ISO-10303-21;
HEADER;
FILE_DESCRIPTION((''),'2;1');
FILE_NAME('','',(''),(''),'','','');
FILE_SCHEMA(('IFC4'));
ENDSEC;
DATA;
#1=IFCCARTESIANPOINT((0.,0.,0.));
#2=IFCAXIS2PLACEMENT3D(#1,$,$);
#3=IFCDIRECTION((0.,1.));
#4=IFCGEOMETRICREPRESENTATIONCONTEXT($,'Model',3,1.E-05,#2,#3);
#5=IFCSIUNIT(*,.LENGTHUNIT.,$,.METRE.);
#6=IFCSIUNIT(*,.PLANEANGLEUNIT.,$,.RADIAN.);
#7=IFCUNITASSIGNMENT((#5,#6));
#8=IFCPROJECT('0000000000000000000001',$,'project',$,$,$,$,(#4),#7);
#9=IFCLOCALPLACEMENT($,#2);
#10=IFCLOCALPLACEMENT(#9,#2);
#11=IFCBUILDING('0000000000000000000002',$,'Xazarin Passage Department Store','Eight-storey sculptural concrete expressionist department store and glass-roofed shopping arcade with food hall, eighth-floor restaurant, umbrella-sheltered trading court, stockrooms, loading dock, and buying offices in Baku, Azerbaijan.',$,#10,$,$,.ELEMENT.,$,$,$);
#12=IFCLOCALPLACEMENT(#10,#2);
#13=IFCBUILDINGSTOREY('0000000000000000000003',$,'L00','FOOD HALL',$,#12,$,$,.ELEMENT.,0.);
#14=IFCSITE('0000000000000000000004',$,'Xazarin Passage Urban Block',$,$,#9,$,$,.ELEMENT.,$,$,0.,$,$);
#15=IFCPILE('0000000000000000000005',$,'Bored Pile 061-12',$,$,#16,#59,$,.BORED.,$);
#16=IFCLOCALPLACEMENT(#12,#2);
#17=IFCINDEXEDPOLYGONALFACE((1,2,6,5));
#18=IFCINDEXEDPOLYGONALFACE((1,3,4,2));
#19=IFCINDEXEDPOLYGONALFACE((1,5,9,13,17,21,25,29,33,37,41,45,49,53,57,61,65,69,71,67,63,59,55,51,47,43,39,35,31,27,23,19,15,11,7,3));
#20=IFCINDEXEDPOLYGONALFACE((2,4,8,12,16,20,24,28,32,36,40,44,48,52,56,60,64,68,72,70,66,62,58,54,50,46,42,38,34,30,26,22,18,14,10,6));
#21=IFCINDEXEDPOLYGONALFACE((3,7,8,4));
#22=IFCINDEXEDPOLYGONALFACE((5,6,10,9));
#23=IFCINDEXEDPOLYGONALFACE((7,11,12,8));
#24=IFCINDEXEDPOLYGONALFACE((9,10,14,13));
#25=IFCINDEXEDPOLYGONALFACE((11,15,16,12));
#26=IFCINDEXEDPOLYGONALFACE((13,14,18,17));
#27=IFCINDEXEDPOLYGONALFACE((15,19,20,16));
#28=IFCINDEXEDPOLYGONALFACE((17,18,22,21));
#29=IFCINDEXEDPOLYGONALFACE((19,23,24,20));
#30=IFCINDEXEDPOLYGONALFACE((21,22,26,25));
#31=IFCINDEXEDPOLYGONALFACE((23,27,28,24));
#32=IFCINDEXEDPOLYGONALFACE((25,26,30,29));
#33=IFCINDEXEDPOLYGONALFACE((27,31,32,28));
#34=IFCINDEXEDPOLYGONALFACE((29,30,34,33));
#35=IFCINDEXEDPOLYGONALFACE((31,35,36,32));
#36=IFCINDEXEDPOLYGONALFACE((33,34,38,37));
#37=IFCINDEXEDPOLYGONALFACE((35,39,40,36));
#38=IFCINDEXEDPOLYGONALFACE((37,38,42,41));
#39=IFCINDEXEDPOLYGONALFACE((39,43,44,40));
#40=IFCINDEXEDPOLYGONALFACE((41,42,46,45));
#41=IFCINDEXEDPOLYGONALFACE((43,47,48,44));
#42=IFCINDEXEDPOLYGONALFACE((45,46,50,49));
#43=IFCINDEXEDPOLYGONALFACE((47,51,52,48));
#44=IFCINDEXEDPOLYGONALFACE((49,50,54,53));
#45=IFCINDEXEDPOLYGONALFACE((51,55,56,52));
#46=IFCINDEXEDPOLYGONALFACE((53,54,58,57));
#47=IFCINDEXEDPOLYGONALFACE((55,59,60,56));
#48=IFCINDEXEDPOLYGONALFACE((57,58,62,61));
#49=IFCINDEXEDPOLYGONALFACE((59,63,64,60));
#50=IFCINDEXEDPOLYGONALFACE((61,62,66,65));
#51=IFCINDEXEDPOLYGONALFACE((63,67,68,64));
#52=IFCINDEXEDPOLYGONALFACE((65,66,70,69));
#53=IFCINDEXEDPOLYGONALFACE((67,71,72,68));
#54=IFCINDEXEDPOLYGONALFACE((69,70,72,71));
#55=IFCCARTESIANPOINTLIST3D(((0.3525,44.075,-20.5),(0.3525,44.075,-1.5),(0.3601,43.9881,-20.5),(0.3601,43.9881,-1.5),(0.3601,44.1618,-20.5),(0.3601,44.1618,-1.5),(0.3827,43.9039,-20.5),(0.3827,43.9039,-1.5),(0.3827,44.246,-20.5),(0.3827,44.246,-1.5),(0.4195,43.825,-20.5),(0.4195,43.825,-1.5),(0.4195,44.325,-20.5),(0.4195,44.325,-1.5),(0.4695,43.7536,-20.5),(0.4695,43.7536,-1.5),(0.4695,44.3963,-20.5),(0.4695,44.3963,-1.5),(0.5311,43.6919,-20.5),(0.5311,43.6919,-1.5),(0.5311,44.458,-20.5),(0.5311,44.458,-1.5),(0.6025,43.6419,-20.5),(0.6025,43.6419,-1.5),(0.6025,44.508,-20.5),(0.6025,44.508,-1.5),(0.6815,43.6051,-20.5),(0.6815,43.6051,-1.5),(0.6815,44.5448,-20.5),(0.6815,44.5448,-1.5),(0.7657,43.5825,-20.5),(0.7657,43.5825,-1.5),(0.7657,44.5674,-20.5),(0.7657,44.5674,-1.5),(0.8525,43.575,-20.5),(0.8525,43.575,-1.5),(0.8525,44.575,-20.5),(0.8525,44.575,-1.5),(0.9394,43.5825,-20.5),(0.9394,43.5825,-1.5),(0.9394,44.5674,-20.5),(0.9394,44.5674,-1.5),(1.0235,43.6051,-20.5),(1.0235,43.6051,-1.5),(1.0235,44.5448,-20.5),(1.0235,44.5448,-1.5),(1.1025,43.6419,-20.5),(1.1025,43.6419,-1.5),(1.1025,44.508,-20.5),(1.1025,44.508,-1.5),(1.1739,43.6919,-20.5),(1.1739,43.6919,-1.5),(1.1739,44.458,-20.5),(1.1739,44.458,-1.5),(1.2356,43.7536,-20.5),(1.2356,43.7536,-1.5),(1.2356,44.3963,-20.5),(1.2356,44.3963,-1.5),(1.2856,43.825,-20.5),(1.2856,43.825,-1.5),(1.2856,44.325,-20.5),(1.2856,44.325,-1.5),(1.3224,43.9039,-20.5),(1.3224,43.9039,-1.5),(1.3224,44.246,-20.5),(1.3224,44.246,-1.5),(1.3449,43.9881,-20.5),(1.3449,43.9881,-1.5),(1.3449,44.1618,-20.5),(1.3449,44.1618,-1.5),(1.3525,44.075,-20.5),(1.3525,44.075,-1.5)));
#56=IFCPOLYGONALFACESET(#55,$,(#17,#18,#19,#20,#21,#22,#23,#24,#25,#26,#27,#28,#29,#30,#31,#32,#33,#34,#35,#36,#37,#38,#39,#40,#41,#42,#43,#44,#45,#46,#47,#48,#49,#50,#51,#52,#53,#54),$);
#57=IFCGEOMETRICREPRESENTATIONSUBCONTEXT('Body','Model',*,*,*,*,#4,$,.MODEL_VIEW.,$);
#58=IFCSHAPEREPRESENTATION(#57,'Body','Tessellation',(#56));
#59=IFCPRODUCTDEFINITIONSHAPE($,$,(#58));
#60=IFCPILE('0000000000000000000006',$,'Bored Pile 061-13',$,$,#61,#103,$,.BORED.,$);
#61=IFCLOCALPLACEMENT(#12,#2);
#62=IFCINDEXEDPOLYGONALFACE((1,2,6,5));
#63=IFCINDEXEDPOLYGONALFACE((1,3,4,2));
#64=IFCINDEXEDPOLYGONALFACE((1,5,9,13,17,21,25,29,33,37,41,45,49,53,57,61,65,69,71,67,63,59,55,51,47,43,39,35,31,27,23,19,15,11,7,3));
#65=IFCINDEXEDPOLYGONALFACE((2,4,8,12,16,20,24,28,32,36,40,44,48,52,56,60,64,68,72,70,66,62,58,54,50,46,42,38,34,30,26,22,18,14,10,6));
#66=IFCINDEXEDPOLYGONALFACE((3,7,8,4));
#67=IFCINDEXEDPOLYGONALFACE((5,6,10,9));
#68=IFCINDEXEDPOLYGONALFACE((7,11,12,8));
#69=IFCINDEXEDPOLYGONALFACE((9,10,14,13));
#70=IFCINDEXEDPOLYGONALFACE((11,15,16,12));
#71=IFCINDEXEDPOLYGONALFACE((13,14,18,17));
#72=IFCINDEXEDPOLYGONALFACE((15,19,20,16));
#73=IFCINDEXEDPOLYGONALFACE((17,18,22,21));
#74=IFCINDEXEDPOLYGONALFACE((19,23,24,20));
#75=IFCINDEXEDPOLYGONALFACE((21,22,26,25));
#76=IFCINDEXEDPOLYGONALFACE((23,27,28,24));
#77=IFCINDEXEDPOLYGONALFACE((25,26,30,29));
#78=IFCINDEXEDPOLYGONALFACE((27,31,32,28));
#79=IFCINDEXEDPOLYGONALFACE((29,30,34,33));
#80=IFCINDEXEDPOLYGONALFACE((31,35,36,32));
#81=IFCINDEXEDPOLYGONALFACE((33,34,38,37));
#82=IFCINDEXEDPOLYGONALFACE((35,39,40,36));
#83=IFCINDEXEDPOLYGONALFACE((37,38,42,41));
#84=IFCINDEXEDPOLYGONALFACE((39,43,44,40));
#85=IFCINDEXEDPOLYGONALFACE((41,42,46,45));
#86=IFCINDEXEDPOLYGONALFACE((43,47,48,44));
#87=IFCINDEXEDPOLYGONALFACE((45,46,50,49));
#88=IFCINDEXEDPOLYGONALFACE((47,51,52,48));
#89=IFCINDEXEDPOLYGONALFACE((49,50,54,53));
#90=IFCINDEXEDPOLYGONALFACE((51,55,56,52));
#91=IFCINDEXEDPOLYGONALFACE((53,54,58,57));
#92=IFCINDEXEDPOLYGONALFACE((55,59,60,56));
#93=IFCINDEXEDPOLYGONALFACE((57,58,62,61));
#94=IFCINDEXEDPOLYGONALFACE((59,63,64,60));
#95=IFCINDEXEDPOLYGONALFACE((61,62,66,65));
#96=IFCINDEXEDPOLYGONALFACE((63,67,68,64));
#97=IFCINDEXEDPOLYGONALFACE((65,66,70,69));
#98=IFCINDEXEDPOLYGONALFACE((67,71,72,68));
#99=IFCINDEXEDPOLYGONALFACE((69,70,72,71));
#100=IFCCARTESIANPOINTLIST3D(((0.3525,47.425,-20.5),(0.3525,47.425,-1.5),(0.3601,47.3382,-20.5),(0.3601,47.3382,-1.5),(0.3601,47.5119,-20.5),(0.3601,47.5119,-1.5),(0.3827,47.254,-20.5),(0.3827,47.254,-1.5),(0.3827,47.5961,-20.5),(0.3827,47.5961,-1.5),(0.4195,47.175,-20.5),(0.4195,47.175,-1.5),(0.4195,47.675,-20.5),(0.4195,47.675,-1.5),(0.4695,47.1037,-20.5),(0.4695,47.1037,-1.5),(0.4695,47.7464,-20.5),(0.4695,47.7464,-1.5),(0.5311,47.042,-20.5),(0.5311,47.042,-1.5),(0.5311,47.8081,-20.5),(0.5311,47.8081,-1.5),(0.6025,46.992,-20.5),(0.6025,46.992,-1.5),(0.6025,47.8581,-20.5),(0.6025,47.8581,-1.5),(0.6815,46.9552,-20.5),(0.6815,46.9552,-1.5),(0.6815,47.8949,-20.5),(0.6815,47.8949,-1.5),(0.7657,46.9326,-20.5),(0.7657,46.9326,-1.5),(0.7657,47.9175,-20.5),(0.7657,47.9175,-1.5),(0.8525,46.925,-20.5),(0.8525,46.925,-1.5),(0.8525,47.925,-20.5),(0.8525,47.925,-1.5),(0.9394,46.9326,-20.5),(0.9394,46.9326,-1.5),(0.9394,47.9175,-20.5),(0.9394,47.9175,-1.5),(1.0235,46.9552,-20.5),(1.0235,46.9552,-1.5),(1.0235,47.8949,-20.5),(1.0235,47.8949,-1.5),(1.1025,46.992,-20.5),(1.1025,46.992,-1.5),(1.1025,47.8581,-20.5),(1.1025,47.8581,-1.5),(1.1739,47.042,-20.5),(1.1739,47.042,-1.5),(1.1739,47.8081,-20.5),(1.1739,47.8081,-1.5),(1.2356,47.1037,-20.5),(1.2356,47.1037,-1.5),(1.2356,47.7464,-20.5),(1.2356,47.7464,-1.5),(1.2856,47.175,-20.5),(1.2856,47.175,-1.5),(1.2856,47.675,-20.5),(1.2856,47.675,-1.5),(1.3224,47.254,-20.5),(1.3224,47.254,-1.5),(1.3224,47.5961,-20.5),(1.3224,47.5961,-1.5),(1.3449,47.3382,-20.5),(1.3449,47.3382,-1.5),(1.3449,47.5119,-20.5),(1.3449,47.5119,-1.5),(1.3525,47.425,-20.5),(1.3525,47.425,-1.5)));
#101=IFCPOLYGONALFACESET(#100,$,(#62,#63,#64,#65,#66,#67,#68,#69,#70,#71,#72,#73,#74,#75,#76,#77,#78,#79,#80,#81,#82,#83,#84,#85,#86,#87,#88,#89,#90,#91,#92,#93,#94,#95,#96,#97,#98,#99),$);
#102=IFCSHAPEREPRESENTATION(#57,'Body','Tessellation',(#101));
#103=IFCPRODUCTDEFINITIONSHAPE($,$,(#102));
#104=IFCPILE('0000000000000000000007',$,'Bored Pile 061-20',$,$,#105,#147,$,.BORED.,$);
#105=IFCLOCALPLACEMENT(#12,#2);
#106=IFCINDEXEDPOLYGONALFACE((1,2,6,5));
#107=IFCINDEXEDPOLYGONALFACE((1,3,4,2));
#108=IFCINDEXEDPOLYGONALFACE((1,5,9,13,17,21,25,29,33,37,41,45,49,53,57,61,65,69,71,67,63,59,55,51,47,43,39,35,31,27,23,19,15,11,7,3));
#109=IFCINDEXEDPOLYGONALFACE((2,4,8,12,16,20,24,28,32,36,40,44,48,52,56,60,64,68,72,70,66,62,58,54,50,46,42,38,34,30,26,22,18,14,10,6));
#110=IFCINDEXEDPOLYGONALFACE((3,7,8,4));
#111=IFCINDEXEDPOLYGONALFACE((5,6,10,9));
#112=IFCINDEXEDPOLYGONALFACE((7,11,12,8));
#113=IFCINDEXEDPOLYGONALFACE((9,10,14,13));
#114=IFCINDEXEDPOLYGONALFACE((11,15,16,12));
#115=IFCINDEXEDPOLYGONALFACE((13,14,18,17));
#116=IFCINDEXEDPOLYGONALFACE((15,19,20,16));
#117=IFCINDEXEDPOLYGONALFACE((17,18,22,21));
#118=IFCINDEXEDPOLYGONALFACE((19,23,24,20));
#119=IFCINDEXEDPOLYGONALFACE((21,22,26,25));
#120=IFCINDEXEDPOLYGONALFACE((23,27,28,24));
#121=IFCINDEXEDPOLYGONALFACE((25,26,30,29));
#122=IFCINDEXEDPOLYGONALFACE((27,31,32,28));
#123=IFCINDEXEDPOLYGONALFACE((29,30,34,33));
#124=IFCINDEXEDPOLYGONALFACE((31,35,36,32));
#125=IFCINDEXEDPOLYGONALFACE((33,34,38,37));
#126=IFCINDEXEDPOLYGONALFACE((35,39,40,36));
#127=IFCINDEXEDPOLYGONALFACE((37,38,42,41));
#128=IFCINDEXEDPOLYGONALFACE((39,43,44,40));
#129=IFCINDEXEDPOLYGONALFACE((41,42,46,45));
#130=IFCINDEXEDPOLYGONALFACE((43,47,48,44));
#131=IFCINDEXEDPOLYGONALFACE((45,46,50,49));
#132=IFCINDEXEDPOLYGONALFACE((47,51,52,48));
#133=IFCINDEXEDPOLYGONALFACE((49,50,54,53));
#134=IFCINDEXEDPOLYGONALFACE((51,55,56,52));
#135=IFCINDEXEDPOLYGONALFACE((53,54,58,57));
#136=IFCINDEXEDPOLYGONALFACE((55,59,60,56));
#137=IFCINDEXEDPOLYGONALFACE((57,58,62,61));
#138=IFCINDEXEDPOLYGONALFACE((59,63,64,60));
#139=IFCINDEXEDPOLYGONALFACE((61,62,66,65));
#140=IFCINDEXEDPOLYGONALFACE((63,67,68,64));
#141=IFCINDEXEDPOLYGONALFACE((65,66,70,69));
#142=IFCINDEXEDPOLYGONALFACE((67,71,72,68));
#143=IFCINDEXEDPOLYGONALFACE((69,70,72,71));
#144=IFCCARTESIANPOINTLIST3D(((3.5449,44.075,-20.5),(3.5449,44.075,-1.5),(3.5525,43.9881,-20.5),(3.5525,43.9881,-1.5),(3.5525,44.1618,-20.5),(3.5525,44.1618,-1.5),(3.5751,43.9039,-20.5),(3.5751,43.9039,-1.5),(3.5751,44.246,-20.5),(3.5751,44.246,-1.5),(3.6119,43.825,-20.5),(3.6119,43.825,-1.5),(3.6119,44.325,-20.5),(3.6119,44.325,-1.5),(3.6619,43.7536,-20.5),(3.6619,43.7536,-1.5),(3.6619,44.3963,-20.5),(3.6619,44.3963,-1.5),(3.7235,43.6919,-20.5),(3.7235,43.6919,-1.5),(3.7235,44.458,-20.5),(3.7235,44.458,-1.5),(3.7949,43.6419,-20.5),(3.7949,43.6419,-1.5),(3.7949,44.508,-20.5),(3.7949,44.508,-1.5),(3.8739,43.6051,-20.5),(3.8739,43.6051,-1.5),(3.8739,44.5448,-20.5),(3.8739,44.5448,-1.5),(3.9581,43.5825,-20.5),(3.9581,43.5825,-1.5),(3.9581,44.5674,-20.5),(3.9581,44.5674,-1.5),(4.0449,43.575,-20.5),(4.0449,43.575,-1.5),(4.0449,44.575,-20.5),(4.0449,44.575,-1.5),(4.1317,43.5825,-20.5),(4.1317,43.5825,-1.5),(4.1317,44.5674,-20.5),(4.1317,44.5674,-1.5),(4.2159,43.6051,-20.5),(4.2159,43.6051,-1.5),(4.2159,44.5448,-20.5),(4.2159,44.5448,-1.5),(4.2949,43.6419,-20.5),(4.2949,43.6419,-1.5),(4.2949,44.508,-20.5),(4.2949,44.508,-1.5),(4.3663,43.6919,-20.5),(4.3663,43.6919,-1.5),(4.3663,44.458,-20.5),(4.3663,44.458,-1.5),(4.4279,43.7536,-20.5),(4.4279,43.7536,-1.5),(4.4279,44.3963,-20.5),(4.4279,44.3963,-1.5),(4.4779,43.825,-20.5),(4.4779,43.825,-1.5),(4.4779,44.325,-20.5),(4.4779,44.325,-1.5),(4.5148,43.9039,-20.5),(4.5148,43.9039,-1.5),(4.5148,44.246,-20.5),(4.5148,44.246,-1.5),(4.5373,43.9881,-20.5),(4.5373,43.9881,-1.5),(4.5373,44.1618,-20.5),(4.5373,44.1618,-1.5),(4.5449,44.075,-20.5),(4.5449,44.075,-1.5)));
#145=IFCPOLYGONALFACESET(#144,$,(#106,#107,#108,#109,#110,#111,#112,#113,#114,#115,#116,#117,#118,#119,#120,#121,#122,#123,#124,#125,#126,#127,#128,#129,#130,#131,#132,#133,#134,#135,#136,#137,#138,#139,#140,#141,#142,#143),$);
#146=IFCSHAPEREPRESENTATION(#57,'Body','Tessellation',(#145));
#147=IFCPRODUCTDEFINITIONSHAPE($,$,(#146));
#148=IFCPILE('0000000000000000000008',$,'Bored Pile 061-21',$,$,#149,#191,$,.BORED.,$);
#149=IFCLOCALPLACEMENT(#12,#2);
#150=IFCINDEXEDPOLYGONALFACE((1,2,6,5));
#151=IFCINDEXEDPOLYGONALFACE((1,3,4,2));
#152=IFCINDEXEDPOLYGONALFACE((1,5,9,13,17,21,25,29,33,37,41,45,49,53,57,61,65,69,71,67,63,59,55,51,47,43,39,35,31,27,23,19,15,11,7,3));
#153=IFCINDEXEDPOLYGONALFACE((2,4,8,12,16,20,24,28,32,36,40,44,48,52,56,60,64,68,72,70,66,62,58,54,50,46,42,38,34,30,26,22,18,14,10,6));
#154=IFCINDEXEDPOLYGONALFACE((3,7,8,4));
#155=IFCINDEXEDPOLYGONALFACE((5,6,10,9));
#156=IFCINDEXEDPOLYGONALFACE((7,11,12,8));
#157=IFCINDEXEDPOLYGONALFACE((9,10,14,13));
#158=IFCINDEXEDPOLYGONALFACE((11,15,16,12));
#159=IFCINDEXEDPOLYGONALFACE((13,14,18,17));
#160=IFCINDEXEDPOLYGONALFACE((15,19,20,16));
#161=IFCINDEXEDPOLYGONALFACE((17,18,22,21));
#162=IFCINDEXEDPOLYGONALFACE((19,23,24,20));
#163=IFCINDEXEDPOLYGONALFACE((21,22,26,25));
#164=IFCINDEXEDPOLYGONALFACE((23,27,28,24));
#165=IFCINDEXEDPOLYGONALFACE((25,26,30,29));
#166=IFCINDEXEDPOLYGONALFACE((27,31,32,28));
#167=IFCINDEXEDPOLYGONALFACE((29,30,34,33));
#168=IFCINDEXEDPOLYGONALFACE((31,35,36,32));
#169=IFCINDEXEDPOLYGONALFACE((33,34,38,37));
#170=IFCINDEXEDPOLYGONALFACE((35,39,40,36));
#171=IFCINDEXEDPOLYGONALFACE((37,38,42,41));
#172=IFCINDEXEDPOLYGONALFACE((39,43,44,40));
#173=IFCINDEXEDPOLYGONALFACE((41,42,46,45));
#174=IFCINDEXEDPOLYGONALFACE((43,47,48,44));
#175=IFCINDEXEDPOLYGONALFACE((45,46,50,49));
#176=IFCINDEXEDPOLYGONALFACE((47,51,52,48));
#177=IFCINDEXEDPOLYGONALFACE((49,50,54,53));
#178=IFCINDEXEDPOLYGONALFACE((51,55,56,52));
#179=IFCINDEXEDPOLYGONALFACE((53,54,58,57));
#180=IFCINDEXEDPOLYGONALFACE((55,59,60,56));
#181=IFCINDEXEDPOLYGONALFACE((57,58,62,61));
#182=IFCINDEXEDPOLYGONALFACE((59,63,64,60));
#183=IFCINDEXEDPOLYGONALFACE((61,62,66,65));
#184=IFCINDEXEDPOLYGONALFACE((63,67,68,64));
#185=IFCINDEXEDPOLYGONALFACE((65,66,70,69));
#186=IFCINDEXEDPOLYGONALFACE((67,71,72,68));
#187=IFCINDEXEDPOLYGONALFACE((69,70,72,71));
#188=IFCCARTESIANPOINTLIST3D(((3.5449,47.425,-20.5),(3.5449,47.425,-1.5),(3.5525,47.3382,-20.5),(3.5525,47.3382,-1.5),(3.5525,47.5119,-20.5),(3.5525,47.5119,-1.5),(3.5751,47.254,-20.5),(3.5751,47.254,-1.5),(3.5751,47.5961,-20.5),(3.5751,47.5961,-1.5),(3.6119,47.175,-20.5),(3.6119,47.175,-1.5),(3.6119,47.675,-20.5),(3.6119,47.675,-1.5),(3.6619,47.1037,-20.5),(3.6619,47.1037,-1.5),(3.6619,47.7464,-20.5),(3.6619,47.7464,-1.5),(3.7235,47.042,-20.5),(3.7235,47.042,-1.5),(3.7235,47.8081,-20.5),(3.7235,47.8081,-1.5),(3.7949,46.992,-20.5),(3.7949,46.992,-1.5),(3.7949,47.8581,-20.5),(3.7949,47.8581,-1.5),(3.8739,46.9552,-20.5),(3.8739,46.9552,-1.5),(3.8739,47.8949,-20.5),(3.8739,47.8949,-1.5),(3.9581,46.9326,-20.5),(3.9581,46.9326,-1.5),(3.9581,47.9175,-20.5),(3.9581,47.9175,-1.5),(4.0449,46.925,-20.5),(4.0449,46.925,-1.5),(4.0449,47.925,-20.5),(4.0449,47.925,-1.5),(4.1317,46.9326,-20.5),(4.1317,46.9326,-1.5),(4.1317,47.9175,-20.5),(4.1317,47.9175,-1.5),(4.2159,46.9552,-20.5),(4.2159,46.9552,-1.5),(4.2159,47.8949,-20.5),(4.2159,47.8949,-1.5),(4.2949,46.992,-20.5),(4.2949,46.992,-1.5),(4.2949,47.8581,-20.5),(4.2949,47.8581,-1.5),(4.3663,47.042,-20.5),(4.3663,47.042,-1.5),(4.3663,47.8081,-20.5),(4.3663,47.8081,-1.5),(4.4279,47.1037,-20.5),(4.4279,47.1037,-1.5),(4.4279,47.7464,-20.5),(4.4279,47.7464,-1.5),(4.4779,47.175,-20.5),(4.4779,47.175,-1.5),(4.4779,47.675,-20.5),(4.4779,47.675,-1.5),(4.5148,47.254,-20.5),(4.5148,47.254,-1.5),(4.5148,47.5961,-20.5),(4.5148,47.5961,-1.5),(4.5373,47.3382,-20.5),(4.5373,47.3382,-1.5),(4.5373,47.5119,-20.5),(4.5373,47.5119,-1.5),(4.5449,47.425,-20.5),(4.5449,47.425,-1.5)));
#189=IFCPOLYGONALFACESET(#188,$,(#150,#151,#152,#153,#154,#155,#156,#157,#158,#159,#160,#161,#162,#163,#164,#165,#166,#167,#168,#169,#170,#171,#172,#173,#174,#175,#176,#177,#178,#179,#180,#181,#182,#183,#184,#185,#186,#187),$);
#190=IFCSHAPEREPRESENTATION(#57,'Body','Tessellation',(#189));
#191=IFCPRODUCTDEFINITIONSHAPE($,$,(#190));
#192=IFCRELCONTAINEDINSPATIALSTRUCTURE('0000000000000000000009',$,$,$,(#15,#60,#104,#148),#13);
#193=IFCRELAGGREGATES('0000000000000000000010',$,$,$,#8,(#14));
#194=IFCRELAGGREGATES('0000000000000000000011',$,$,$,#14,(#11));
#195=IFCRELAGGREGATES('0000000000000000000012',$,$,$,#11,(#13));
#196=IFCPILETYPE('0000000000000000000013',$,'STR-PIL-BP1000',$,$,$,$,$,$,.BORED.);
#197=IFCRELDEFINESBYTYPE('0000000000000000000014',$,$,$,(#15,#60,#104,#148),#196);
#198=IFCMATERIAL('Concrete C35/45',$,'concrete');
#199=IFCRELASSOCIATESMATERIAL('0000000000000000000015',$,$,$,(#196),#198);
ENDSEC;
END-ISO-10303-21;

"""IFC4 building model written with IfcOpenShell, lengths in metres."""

from ifc_helpers import new_model, si_unit, direction, frame, origin, origin_2d, place, context, subcontext, project, spatial, circle, extrude, material, material_profile, profile_set, type_object, element, save


model = new_model("IFC4")

# Units and contexts
model_context = context("Model", 3, precision=1e-05, world=origin(), true_north=direction((0.0, 1.0)))
body_context = subcontext(model_context, "Body", "Model", "MODEL_VIEW")
ifc_project = project(units=[si_unit("LENGTHUNIT", "METRE"), si_unit("PLANEANGLEUNIT", "RADIAN")], contexts=[model_context])

# Site, building, storey
site_placement = place(None, origin())
site = spatial("IfcSite", under=ifc_project, at=site_placement, Name="Xazarin Passage Urban Block", CompositionType="ELEMENT", RefElevation=0.0)
building_placement = place(site_placement, origin())
building = spatial("IfcBuilding", under=site, at=building_placement, Name="Xazarin Passage Department Store", Description="Eight-storey sculptural concrete expressionist department store and glass-roofed shopping arcade with food hall, eighth-floor restaurant, umbrella-sheltered trading court, stockrooms, loading dock, and buying offices in Baku, Azerbaijan.", CompositionType="ELEMENT")
storey_placement = place(building_placement, origin())
storey = spatial("IfcBuildingStorey", under=building, at=storey_placement, Name="L00", Description="FOOD HALL", CompositionType="ELEMENT", Elevation=0.0)

# Piles
ifc_material_1 = material(Name="Concrete C35/45", Category="concrete")
ifc_material_profile_1 = material_profile(ifc_material_1, circle(Radius=0.5, at=origin_2d()), Name="BP 1000")
ifc_profile_set_1 = profile_set([ifc_material_profile_1], Name="Concrete C35/45")
pile_type_1 = type_object("IfcPileType", Name="STR-PIL-BP1000", PredefinedType="BORED", material=ifc_profile_set_1)
for number, where, z_axis, x_axis, name in (
    (1, (0.8525, 44.075, -1.5), (0.0, 0.0, -1.0), (1.0, 0.0, 0.0), "Bored Pile 061-12"),
    (2, (0.8525, 47.425, -1.5), (0.0, 0.0, -1.0), (1.0, 0.0, 0.0), "Bored Pile 061-13"),
    (3, (4.0449, 44.075, -1.5), (0.0, 0.0, -1.0), (1.0, 0.0, 0.0), "Bored Pile 061-20"),
    (4, (4.0449, 47.425, -1.5), (0.0, 0.0, -1.0), (1.0, 0.0, 0.0), "Bored Pile 061-21"),
):
    element("IfcPile", number, at=place(storey_placement, frame(where, z_axis=z_axis, x_axis=x_axis)), inside=storey, type_object=pile_type_1, Name=name, PredefinedType="BORED", context=body_context, shape_type="SweptSolid", body=[
        extrude(circle(Radius=0.5, at=origin_2d()), origin(), (0.0, 0.0, 1.0), 19.0),
    ])

save(model, "model.ifc")
